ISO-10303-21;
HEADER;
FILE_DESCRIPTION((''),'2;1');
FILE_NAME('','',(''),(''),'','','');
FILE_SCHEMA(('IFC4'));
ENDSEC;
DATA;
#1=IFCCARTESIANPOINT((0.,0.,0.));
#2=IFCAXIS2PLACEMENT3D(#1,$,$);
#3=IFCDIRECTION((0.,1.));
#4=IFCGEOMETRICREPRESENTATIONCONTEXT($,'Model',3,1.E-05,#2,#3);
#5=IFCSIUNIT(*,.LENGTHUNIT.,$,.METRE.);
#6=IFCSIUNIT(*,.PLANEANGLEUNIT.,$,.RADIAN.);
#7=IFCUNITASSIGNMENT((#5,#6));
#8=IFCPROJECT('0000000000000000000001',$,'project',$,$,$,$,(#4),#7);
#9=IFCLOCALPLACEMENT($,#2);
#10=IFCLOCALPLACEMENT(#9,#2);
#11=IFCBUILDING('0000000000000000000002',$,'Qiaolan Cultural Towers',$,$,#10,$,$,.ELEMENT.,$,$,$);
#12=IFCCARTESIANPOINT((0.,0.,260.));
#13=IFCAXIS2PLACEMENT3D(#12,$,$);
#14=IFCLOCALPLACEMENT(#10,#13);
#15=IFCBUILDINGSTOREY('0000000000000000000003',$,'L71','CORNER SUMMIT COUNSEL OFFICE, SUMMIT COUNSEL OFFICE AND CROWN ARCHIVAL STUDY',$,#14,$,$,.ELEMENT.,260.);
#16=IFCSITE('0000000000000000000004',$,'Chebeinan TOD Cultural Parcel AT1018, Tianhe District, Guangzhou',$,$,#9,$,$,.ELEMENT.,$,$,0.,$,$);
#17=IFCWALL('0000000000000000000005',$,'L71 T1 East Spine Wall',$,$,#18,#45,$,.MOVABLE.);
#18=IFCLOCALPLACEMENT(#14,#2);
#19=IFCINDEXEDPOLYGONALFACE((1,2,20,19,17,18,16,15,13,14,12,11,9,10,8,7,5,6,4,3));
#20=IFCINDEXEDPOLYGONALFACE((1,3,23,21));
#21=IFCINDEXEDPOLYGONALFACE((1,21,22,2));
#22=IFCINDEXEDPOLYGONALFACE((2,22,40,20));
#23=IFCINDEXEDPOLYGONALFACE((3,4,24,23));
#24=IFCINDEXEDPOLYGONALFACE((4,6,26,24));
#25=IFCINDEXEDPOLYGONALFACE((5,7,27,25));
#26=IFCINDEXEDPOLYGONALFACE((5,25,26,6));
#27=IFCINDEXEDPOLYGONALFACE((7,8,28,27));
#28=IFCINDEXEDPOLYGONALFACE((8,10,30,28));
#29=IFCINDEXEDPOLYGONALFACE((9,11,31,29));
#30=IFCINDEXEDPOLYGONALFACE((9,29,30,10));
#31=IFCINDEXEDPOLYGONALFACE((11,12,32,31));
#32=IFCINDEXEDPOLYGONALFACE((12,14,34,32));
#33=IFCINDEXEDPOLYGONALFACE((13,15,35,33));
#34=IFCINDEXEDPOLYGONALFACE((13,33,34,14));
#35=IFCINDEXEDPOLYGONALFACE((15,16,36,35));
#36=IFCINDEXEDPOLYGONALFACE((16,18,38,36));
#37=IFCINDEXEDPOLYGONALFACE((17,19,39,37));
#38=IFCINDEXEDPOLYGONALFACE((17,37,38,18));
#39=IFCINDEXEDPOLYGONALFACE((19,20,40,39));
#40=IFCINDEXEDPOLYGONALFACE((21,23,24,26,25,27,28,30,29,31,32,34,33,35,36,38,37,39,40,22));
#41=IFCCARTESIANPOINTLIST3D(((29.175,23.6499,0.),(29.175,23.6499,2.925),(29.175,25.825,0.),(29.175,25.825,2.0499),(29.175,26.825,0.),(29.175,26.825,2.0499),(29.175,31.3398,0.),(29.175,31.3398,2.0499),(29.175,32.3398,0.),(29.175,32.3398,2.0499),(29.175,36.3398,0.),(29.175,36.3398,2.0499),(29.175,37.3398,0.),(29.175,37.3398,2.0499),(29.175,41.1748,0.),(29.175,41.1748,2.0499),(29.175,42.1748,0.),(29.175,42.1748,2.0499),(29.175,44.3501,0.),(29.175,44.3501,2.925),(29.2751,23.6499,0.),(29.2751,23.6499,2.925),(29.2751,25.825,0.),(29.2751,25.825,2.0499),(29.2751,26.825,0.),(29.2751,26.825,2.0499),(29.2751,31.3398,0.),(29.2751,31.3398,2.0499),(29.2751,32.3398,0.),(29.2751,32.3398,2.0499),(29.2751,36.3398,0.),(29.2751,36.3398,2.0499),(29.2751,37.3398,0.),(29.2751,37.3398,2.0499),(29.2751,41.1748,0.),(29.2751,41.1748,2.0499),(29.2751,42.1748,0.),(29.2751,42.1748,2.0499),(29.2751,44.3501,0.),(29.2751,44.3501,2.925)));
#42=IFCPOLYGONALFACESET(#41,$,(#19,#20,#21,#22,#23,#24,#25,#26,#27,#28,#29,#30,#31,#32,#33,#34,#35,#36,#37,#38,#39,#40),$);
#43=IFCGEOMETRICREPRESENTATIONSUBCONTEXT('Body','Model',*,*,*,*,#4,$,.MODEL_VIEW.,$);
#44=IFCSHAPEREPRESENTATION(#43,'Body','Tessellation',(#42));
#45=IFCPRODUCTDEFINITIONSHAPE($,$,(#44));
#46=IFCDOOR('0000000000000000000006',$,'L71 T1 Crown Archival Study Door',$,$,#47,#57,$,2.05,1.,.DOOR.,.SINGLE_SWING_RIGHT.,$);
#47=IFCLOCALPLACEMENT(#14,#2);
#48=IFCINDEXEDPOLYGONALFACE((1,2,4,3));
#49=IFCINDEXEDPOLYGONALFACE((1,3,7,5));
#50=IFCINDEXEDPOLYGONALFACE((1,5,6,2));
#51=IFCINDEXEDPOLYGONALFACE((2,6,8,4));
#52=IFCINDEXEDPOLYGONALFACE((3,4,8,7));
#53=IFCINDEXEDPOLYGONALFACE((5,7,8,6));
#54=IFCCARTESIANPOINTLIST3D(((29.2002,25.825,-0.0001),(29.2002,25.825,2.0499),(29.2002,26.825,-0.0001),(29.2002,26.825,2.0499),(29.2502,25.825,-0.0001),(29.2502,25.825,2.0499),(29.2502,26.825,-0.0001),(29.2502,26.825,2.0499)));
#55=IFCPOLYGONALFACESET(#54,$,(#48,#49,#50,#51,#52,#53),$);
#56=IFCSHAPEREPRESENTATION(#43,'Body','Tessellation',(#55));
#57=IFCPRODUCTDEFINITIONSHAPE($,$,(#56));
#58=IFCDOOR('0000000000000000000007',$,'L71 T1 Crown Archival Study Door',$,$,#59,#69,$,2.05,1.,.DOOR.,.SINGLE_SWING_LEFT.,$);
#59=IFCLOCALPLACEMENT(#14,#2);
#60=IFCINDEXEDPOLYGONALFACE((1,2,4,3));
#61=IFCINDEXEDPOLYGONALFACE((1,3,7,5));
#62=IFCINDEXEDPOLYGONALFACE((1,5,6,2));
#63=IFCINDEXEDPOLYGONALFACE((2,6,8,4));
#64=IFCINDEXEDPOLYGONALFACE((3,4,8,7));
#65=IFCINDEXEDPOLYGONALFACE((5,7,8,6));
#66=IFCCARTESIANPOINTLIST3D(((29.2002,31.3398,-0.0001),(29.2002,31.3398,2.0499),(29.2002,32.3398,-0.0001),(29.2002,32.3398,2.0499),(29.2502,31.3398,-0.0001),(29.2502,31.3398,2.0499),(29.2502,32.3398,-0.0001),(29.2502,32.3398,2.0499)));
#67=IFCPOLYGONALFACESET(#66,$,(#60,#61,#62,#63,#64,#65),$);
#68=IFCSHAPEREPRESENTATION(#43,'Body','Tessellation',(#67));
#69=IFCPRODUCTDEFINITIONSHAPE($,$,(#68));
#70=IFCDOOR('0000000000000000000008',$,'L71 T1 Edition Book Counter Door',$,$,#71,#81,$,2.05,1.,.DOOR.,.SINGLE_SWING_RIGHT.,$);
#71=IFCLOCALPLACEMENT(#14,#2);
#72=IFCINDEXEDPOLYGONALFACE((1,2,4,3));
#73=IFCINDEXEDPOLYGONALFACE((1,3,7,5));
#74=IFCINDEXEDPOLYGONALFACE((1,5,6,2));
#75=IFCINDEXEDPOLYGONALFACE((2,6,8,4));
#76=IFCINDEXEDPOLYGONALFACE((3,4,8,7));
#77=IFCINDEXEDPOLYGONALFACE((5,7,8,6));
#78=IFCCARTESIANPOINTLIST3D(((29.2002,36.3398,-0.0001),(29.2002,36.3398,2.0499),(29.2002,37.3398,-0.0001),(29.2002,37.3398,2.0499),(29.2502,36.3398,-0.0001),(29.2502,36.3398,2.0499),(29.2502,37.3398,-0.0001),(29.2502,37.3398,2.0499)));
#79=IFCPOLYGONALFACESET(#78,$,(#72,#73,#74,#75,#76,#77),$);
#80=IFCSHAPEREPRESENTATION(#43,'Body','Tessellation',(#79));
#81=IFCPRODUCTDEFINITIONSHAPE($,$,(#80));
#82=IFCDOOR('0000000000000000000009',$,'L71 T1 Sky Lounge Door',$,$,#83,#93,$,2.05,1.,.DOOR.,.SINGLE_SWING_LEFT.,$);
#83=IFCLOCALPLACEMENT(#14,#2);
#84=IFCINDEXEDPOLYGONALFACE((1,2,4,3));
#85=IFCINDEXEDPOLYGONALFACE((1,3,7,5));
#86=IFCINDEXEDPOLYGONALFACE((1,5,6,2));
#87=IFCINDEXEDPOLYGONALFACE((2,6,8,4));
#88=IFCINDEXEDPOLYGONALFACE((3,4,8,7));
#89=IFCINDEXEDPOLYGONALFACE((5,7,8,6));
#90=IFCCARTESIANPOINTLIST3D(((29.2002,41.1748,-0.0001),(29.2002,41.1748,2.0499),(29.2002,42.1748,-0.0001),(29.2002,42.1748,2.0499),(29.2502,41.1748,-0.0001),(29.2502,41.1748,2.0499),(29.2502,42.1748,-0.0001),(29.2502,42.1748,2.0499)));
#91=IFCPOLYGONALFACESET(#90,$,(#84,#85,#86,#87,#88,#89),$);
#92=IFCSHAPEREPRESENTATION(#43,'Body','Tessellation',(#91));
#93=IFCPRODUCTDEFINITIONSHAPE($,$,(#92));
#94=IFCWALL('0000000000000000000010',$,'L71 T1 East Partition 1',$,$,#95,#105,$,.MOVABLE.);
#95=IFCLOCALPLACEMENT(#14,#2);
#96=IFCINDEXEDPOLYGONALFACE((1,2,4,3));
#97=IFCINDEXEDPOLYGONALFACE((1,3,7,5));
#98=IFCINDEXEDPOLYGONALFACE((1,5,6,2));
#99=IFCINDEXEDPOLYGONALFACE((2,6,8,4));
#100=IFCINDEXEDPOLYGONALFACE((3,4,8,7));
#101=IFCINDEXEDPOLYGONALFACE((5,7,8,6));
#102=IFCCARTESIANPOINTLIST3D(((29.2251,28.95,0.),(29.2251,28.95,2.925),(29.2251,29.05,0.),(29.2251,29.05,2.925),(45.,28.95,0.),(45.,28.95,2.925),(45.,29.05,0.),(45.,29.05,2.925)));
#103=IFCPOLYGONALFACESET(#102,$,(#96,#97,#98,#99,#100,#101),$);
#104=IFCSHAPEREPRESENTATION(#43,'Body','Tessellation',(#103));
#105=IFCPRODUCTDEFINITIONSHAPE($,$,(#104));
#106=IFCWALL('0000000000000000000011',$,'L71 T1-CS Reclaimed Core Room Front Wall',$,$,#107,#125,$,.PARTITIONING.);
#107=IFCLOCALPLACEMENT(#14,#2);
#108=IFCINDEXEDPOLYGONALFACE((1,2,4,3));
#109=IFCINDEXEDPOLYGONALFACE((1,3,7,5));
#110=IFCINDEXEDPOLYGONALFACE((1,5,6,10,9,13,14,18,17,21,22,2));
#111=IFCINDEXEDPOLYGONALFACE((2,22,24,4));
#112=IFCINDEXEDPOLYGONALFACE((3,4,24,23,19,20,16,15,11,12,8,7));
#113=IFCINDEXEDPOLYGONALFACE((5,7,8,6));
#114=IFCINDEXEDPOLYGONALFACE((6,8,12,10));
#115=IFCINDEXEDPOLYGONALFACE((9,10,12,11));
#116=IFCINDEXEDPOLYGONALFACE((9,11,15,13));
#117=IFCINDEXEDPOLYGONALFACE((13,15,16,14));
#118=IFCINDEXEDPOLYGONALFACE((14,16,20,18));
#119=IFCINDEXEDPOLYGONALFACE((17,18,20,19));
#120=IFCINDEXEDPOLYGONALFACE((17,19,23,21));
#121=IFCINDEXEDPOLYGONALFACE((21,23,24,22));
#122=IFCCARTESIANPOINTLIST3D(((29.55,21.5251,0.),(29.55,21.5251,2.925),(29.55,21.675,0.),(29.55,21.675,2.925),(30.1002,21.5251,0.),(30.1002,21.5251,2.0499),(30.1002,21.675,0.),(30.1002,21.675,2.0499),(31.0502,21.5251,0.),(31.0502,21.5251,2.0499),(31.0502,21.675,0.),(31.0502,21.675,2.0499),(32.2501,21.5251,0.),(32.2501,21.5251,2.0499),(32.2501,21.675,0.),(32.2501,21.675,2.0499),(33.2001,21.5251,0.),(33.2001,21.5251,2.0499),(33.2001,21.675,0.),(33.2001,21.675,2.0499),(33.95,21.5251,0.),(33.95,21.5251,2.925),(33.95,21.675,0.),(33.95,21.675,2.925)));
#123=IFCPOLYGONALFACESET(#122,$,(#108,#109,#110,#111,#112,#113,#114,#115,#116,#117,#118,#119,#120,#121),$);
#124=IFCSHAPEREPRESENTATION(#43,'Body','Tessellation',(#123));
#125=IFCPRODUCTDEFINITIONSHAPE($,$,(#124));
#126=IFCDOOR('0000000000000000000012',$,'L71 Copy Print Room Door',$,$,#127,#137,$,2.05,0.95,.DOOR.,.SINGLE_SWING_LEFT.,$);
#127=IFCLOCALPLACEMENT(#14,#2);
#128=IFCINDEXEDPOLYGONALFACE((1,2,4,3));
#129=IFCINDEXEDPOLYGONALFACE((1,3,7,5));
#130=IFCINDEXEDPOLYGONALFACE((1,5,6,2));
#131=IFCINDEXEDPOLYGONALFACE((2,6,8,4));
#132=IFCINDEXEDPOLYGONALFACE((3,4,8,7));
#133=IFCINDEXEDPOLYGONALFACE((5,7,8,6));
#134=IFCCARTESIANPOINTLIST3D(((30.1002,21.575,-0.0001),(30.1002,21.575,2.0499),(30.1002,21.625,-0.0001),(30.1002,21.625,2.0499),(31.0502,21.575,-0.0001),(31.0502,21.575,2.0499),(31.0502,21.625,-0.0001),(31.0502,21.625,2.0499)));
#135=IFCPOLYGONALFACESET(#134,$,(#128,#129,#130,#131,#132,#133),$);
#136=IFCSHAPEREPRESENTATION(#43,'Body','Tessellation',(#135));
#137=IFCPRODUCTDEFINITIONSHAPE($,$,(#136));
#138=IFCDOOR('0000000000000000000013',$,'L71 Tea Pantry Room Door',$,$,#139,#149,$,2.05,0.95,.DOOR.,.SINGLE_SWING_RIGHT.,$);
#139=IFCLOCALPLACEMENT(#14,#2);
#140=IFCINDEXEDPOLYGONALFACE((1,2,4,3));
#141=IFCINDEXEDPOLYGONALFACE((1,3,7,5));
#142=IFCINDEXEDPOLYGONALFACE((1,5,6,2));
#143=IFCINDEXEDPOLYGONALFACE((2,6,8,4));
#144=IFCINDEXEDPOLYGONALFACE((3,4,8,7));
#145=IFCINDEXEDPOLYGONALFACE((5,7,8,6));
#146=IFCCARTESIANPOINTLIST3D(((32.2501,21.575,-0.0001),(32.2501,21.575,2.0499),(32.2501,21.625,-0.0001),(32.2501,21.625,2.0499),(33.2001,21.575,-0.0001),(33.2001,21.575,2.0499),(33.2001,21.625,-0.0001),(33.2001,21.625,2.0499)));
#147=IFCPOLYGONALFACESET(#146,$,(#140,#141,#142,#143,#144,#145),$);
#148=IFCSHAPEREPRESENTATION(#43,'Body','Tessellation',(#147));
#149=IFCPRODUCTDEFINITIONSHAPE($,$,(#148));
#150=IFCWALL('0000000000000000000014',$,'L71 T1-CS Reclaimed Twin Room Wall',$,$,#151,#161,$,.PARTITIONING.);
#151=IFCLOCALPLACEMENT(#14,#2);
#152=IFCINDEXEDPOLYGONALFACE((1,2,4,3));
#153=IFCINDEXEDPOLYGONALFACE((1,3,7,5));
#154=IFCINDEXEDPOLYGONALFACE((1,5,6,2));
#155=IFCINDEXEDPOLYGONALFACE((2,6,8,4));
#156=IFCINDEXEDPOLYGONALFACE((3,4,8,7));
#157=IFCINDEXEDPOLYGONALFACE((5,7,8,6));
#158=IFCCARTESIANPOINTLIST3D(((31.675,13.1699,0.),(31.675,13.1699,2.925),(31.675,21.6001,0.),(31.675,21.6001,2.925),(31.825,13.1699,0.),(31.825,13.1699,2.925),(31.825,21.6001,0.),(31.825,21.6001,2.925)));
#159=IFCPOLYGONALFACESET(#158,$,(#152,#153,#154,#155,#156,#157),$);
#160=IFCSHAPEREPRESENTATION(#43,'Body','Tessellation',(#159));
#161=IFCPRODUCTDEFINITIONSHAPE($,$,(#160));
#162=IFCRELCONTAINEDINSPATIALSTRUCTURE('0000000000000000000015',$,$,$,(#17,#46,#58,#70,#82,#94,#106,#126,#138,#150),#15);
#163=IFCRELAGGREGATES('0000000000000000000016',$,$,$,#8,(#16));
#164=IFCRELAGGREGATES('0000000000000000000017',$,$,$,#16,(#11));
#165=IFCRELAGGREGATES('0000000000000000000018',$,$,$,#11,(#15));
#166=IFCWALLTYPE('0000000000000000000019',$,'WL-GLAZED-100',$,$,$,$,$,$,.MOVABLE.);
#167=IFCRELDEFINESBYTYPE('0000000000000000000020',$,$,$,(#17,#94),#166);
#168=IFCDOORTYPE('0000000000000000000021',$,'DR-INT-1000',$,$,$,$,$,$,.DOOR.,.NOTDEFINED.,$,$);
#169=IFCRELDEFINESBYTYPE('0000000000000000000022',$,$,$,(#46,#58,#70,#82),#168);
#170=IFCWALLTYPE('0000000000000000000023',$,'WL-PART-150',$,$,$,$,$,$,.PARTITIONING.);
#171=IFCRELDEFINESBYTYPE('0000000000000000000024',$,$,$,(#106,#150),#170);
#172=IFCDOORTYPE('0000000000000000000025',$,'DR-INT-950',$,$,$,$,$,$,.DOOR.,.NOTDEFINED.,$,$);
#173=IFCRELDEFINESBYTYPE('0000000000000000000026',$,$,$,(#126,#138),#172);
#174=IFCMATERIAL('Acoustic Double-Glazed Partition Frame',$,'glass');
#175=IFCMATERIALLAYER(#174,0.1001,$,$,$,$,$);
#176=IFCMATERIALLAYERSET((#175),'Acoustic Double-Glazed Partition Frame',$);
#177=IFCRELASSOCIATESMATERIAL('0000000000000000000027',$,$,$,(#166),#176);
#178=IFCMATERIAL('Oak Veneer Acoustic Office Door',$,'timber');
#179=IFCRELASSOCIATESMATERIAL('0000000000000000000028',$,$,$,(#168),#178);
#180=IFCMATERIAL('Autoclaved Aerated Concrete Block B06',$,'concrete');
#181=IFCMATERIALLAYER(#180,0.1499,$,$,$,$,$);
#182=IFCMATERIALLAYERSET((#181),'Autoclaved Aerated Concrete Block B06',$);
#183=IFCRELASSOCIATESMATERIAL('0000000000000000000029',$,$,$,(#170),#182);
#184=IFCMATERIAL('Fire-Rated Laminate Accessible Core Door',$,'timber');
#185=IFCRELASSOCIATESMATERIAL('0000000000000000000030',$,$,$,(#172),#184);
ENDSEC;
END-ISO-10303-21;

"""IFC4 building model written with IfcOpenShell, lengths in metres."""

from ifc_helpers import new_model, si_unit, direction, frame, frame_2d, origin, place, context, subcontext, project, spatial, rectangle, extrude, material, layer, layer_set, type_object, element, fill, save


model = new_model("IFC4")

# Units and contexts
model_context = context("Model", 3, precision=1e-05, world=origin(), true_north=direction((0.0, 1.0)))
body_context = subcontext(model_context, "Body", "Model", "MODEL_VIEW")
ifc_project = project(units=[si_unit("LENGTHUNIT", "METRE"), si_unit("PLANEANGLEUNIT", "RADIAN")], contexts=[model_context])

# Site, building, storey
site_placement = place(None, origin())
site = spatial("IfcSite", under=ifc_project, at=site_placement, Name="Chebeinan TOD Cultural Parcel AT1018, Tianhe District, Guangzhou", CompositionType="ELEMENT", RefElevation=0.0)
building_placement = place(site_placement, origin())
building = spatial("IfcBuilding", under=site, at=building_placement, Name="Qiaolan Cultural Towers", CompositionType="ELEMENT")
storey_placement = place(building_placement, frame((0.0, 0.0, 260.0)))
storey = spatial("IfcBuildingStorey", under=building, at=storey_placement, Name="L71", Description="CORNER SUMMIT COUNSEL OFFICE, SUMMIT COUNSEL OFFICE AND CROWN ARCHIVAL STUDY", CompositionType="ELEMENT", Elevation=260.0)

# Shared definitions
ifc_material_1 = material(Name="Acoustic Double-Glazed Partition Frame", Category="glass")
ifc_layer_1 = layer(ifc_material_1, 0.1001)
ifc_layer_set_1 = layer_set([ifc_layer_1], Name="Acoustic Double-Glazed Partition Frame")
wall_type_1 = type_object("IfcWallType", Name="WL-GLAZED-100", PredefinedType="MOVABLE", material=ifc_layer_set_1)

# Wall, openings, doors
ifc_material_2 = material(Name="Oak Veneer Acoustic Office Door", Category="timber")
door_type_1 = type_object("IfcDoorType", Name="DR-INT-1000", OperationType="NOTDEFINED", PredefinedType="DOOR", material=ifc_material_2)
wall_1_placement = place(storey_placement, frame((29.2251, 23.6499, 0.0), z_axis=(0.0, 0.0, 1.0), x_axis=(0.0, 1.0, 0.0)))
wall_1 = element("IfcWall", 1, at=wall_1_placement, inside=storey, type_object=wall_type_1, Name="L71 T1 East Spine Wall", PredefinedType="MOVABLE", context=body_context, shape_type="SweptSolid", body=[
    extrude(rectangle(XDim=20.7002, YDim=0.1001, at=frame_2d((10.3501, 0.0))), origin(), (0.0, 0.0, 1.0), 2.925),
])
opening_1_placement = place(wall_1_placement, frame((2.175, 0.0, 0.0)))
opening_1 = element("IfcOpeningElement", 2, at=opening_1_placement, cuts=wall_1, PredefinedType="OPENING", context=body_context, shape_type="SweptSolid", body=[
    extrude(rectangle(XDim=1.0, YDim=2.05, at=frame_2d((0.5, 1.0249))), frame((0.0, 0.0601, 0.0), z_axis=(0.0, -1.0, 0.0), x_axis=(1.0, 0.0, 0.0)), (0.0, 0.0, 1.0), 0.1201),
])
opening_2_placement = place(wall_1_placement, frame((7.6899, 0.0, 0.0)))
opening_2 = element("IfcOpeningElement", 3, at=opening_2_placement, cuts=wall_1, PredefinedType="OPENING", context=body_context, shape_type="SweptSolid", body=[
    extrude(rectangle(XDim=1.0, YDim=2.05, at=frame_2d((0.5, 1.0249))), frame((0.0, 0.0601, 0.0), z_axis=(0.0, -1.0, 0.0), x_axis=(1.0, 0.0, 0.0)), (0.0, 0.0, 1.0), 0.1201),
])
opening_3_placement = place(wall_1_placement, frame((12.6899, 0.0, 0.0)))
opening_3 = element("IfcOpeningElement", 4, at=opening_3_placement, cuts=wall_1, PredefinedType="OPENING", context=body_context, shape_type="SweptSolid", body=[
    extrude(rectangle(XDim=1.0, YDim=2.05, at=frame_2d((0.5, 1.0249))), frame((0.0, 0.0601, 0.0), z_axis=(0.0, -1.0, 0.0), x_axis=(1.0, 0.0, 0.0)), (0.0, 0.0, 1.0), 0.1201),
])
opening_4_placement = place(wall_1_placement, frame((17.5249, 0.0, 0.0)))
opening_4 = element("IfcOpeningElement", 5, at=opening_4_placement, cuts=wall_1, PredefinedType="OPENING", context=body_context, shape_type="SweptSolid", body=[
    extrude(rectangle(XDim=1.0, YDim=2.05, at=frame_2d((0.5, 1.0249))), frame((0.0, 0.0601, 0.0), z_axis=(0.0, -1.0, 0.0), x_axis=(1.0, 0.0, 0.0)), (0.0, 0.0, 1.0), 0.1201),
])
door_1_placement = place(opening_1_placement, origin())
door_1 = element("IfcDoor", 6, at=door_1_placement, inside=storey, type_object=door_type_1, Name="L71 T1 Crown Archival Study Door", OperationType="SINGLE_SWING_RIGHT", OverallHeight=2.05, OverallWidth=1.0, PredefinedType="DOOR", context=body_context, shape_type="SweptSolid", body=[
    extrude(rectangle(XDim=1.0, YDim=2.05, at=frame_2d((0.5, 1.0249))), frame((0.0, 0.0249, 0.0), z_axis=(0.0, -1.0, 0.0), x_axis=(1.0, 0.0, 0.0)), (0.0, 0.0, 1.0), 0.05),
])
fill(opening_1, door_1)
door_2_placement = place(opening_2_placement, origin())
door_2 = element("IfcDoor", 7, at=door_2_placement, inside=storey, type_object=door_type_1, Name="L71 T1 Crown Archival Study Door", OperationType="SINGLE_SWING_LEFT", OverallHeight=2.05, OverallWidth=1.0, PredefinedType="DOOR", context=body_context, shape_type="SweptSolid", body=[
    extrude(rectangle(XDim=1.0, YDim=2.05, at=frame_2d((0.5, 1.0249))), frame((0.0, 0.0249, 0.0), z_axis=(0.0, -1.0, 0.0), x_axis=(1.0, 0.0, 0.0)), (0.0, 0.0, 1.0), 0.05),
])
fill(opening_2, door_2)
door_3_placement = place(opening_3_placement, origin())
door_3 = element("IfcDoor", 8, at=door_3_placement, inside=storey, type_object=door_type_1, Name="L71 T1 Edition Book Counter Door", OperationType="SINGLE_SWING_RIGHT", OverallHeight=2.05, OverallWidth=1.0, PredefinedType="DOOR", context=body_context, shape_type="SweptSolid", body=[
    extrude(rectangle(XDim=1.0, YDim=2.05, at=frame_2d((0.5, 1.0249))), frame((0.0, 0.0249, 0.0), z_axis=(0.0, -1.0, 0.0), x_axis=(1.0, 0.0, 0.0)), (0.0, 0.0, 1.0), 0.05),
])
fill(opening_3, door_3)
door_4_placement = place(opening_4_placement, origin())
door_4 = element("IfcDoor", 9, at=door_4_placement, inside=storey, type_object=door_type_1, Name="L71 T1 Sky Lounge Door", OperationType="SINGLE_SWING_LEFT", OverallHeight=2.05, OverallWidth=1.0, PredefinedType="DOOR", context=body_context, shape_type="SweptSolid", body=[
    extrude(rectangle(XDim=1.0, YDim=2.05, at=frame_2d((0.5, 1.0249))), frame((0.0, 0.0249, 0.0), z_axis=(0.0, -1.0, 0.0), x_axis=(1.0, 0.0, 0.0)), (0.0, 0.0, 1.0), 0.05),
])
fill(opening_4, door_4)

# Wall
wall_2_placement = place(storey_placement, frame((29.2251, 29.0, 0.0), z_axis=(0.0, 0.0, 1.0), x_axis=(1.0, 0.0, 0.0)))
element("IfcWall", 10, at=wall_2_placement, inside=storey, type_object=wall_type_1, Name="L71 T1 East Partition 1", PredefinedType="MOVABLE", context=body_context, shape_type="SweptSolid", body=[
    extrude(rectangle(XDim=15.7749, YDim=0.1001, at=frame_2d((7.8875, 0.0))), origin(), (0.0, 0.0, 1.0), 2.925),
])

# Wall, openings, doors
ifc_material_3 = material(Name="Autoclaved Aerated Concrete Block B06", Category="concrete")
ifc_layer_2 = layer(ifc_material_3, 0.1499)
ifc_layer_set_2 = layer_set([ifc_layer_2], Name="Autoclaved Aerated Concrete Block B06")
wall_type_2 = type_object("IfcWallType", Name="WL-PART-150", PredefinedType="PARTITIONING", material=ifc_layer_set_2)
wall_3_placement = place(storey_placement, frame((29.55, 21.6001, 0.0), z_axis=(0.0, 0.0, 1.0), x_axis=(1.0, 0.0, 0.0)))
wall_3 = element("IfcWall", 11, at=wall_3_placement, inside=storey, type_object=wall_type_2, Name="L71 T1-CS Reclaimed Core Room Front Wall", PredefinedType="PARTITIONING", context=body_context, shape_type="SweptSolid", body=[
    extrude(rectangle(XDim=4.3999, YDim=0.1499, at=frame_2d((2.2, 0.0))), origin(), (0.0, 0.0, 1.0), 2.925),
])
opening_5_placement = place(wall_3_placement, frame((0.55, 0.0, 0.0)))
opening_5 = element("IfcOpeningElement", 12, at=opening_5_placement, cuts=wall_3, PredefinedType="OPENING", context=body_context, shape_type="SweptSolid", body=[
    extrude(rectangle(XDim=0.95, YDim=2.05, at=frame_2d((0.4751, 1.0249))), frame((0.0, 0.085, 0.0), z_axis=(0.0, -1.0, 0.0), x_axis=(1.0, 0.0, 0.0)), (0.0, 0.0, 1.0), 0.1699),
])
opening_6_placement = place(wall_3_placement, frame((2.7, 0.0, 0.0)))
opening_6 = element("IfcOpeningElement", 13, at=opening_6_placement, cuts=wall_3, PredefinedType="OPENING", context=body_context, shape_type="SweptSolid", body=[
    extrude(rectangle(XDim=0.95, YDim=2.05, at=frame_2d((0.4751, 1.0249))), frame((0.0, 0.085, 0.0), z_axis=(0.0, -1.0, 0.0), x_axis=(1.0, 0.0, 0.0)), (0.0, 0.0, 1.0), 0.1699),
])
ifc_material_4 = material(Name="Fire-Rated Laminate Accessible Core Door", Category="timber")
door_type_2 = type_object("IfcDoorType", Name="DR-INT-950", OperationType="NOTDEFINED", PredefinedType="DOOR", material=ifc_material_4)
door_5_placement = place(opening_5_placement, origin())
door_5 = element("IfcDoor", 14, at=door_5_placement, inside=storey, type_object=door_type_2, Name="L71 Copy Print Room Door", OperationType="SINGLE_SWING_LEFT", OverallHeight=2.05, OverallWidth=0.95, PredefinedType="DOOR", context=body_context, shape_type="SweptSolid", body=[
    extrude(rectangle(XDim=0.95, YDim=2.05, at=frame_2d((0.4751, 1.0249))), frame((0.0, 0.0249, 0.0), z_axis=(0.0, -1.0, 0.0), x_axis=(1.0, 0.0, 0.0)), (0.0, 0.0, 1.0), 0.05),
])
fill(opening_5, door_5)
door_6_placement = place(opening_6_placement, origin())
door_6 = element("IfcDoor", 15, at=door_6_placement, inside=storey, type_object=door_type_2, Name="L71 Tea Pantry Room Door", OperationType="SINGLE_SWING_RIGHT", OverallHeight=2.05, OverallWidth=0.95, PredefinedType="DOOR", context=body_context, shape_type="SweptSolid", body=[
    extrude(rectangle(XDim=0.95, YDim=2.05, at=frame_2d((0.4751, 1.0249))), frame((0.0, 0.0249, 0.0), z_axis=(0.0, -1.0, 0.0), x_axis=(1.0, 0.0, 0.0)), (0.0, 0.0, 1.0), 0.05),
])
fill(opening_6, door_6)

# Wall
wall_4_placement = place(storey_placement, frame((31.75, 21.6001, 0.0), z_axis=(0.0, 0.0, 1.0), x_axis=(0.0, -1.0, 0.0)))
element("IfcWall", 16, at=wall_4_placement, inside=storey, type_object=wall_type_2, Name="L71 T1-CS Reclaimed Twin Room Wall", PredefinedType="PARTITIONING", context=body_context, shape_type="SweptSolid", body=[
    extrude(rectangle(XDim=8.4302, YDim=0.1499, at=frame_2d((4.2151, 0.0))), origin(), (0.0, 0.0, 1.0), 2.925),
])

save(model, "model.ifc")
